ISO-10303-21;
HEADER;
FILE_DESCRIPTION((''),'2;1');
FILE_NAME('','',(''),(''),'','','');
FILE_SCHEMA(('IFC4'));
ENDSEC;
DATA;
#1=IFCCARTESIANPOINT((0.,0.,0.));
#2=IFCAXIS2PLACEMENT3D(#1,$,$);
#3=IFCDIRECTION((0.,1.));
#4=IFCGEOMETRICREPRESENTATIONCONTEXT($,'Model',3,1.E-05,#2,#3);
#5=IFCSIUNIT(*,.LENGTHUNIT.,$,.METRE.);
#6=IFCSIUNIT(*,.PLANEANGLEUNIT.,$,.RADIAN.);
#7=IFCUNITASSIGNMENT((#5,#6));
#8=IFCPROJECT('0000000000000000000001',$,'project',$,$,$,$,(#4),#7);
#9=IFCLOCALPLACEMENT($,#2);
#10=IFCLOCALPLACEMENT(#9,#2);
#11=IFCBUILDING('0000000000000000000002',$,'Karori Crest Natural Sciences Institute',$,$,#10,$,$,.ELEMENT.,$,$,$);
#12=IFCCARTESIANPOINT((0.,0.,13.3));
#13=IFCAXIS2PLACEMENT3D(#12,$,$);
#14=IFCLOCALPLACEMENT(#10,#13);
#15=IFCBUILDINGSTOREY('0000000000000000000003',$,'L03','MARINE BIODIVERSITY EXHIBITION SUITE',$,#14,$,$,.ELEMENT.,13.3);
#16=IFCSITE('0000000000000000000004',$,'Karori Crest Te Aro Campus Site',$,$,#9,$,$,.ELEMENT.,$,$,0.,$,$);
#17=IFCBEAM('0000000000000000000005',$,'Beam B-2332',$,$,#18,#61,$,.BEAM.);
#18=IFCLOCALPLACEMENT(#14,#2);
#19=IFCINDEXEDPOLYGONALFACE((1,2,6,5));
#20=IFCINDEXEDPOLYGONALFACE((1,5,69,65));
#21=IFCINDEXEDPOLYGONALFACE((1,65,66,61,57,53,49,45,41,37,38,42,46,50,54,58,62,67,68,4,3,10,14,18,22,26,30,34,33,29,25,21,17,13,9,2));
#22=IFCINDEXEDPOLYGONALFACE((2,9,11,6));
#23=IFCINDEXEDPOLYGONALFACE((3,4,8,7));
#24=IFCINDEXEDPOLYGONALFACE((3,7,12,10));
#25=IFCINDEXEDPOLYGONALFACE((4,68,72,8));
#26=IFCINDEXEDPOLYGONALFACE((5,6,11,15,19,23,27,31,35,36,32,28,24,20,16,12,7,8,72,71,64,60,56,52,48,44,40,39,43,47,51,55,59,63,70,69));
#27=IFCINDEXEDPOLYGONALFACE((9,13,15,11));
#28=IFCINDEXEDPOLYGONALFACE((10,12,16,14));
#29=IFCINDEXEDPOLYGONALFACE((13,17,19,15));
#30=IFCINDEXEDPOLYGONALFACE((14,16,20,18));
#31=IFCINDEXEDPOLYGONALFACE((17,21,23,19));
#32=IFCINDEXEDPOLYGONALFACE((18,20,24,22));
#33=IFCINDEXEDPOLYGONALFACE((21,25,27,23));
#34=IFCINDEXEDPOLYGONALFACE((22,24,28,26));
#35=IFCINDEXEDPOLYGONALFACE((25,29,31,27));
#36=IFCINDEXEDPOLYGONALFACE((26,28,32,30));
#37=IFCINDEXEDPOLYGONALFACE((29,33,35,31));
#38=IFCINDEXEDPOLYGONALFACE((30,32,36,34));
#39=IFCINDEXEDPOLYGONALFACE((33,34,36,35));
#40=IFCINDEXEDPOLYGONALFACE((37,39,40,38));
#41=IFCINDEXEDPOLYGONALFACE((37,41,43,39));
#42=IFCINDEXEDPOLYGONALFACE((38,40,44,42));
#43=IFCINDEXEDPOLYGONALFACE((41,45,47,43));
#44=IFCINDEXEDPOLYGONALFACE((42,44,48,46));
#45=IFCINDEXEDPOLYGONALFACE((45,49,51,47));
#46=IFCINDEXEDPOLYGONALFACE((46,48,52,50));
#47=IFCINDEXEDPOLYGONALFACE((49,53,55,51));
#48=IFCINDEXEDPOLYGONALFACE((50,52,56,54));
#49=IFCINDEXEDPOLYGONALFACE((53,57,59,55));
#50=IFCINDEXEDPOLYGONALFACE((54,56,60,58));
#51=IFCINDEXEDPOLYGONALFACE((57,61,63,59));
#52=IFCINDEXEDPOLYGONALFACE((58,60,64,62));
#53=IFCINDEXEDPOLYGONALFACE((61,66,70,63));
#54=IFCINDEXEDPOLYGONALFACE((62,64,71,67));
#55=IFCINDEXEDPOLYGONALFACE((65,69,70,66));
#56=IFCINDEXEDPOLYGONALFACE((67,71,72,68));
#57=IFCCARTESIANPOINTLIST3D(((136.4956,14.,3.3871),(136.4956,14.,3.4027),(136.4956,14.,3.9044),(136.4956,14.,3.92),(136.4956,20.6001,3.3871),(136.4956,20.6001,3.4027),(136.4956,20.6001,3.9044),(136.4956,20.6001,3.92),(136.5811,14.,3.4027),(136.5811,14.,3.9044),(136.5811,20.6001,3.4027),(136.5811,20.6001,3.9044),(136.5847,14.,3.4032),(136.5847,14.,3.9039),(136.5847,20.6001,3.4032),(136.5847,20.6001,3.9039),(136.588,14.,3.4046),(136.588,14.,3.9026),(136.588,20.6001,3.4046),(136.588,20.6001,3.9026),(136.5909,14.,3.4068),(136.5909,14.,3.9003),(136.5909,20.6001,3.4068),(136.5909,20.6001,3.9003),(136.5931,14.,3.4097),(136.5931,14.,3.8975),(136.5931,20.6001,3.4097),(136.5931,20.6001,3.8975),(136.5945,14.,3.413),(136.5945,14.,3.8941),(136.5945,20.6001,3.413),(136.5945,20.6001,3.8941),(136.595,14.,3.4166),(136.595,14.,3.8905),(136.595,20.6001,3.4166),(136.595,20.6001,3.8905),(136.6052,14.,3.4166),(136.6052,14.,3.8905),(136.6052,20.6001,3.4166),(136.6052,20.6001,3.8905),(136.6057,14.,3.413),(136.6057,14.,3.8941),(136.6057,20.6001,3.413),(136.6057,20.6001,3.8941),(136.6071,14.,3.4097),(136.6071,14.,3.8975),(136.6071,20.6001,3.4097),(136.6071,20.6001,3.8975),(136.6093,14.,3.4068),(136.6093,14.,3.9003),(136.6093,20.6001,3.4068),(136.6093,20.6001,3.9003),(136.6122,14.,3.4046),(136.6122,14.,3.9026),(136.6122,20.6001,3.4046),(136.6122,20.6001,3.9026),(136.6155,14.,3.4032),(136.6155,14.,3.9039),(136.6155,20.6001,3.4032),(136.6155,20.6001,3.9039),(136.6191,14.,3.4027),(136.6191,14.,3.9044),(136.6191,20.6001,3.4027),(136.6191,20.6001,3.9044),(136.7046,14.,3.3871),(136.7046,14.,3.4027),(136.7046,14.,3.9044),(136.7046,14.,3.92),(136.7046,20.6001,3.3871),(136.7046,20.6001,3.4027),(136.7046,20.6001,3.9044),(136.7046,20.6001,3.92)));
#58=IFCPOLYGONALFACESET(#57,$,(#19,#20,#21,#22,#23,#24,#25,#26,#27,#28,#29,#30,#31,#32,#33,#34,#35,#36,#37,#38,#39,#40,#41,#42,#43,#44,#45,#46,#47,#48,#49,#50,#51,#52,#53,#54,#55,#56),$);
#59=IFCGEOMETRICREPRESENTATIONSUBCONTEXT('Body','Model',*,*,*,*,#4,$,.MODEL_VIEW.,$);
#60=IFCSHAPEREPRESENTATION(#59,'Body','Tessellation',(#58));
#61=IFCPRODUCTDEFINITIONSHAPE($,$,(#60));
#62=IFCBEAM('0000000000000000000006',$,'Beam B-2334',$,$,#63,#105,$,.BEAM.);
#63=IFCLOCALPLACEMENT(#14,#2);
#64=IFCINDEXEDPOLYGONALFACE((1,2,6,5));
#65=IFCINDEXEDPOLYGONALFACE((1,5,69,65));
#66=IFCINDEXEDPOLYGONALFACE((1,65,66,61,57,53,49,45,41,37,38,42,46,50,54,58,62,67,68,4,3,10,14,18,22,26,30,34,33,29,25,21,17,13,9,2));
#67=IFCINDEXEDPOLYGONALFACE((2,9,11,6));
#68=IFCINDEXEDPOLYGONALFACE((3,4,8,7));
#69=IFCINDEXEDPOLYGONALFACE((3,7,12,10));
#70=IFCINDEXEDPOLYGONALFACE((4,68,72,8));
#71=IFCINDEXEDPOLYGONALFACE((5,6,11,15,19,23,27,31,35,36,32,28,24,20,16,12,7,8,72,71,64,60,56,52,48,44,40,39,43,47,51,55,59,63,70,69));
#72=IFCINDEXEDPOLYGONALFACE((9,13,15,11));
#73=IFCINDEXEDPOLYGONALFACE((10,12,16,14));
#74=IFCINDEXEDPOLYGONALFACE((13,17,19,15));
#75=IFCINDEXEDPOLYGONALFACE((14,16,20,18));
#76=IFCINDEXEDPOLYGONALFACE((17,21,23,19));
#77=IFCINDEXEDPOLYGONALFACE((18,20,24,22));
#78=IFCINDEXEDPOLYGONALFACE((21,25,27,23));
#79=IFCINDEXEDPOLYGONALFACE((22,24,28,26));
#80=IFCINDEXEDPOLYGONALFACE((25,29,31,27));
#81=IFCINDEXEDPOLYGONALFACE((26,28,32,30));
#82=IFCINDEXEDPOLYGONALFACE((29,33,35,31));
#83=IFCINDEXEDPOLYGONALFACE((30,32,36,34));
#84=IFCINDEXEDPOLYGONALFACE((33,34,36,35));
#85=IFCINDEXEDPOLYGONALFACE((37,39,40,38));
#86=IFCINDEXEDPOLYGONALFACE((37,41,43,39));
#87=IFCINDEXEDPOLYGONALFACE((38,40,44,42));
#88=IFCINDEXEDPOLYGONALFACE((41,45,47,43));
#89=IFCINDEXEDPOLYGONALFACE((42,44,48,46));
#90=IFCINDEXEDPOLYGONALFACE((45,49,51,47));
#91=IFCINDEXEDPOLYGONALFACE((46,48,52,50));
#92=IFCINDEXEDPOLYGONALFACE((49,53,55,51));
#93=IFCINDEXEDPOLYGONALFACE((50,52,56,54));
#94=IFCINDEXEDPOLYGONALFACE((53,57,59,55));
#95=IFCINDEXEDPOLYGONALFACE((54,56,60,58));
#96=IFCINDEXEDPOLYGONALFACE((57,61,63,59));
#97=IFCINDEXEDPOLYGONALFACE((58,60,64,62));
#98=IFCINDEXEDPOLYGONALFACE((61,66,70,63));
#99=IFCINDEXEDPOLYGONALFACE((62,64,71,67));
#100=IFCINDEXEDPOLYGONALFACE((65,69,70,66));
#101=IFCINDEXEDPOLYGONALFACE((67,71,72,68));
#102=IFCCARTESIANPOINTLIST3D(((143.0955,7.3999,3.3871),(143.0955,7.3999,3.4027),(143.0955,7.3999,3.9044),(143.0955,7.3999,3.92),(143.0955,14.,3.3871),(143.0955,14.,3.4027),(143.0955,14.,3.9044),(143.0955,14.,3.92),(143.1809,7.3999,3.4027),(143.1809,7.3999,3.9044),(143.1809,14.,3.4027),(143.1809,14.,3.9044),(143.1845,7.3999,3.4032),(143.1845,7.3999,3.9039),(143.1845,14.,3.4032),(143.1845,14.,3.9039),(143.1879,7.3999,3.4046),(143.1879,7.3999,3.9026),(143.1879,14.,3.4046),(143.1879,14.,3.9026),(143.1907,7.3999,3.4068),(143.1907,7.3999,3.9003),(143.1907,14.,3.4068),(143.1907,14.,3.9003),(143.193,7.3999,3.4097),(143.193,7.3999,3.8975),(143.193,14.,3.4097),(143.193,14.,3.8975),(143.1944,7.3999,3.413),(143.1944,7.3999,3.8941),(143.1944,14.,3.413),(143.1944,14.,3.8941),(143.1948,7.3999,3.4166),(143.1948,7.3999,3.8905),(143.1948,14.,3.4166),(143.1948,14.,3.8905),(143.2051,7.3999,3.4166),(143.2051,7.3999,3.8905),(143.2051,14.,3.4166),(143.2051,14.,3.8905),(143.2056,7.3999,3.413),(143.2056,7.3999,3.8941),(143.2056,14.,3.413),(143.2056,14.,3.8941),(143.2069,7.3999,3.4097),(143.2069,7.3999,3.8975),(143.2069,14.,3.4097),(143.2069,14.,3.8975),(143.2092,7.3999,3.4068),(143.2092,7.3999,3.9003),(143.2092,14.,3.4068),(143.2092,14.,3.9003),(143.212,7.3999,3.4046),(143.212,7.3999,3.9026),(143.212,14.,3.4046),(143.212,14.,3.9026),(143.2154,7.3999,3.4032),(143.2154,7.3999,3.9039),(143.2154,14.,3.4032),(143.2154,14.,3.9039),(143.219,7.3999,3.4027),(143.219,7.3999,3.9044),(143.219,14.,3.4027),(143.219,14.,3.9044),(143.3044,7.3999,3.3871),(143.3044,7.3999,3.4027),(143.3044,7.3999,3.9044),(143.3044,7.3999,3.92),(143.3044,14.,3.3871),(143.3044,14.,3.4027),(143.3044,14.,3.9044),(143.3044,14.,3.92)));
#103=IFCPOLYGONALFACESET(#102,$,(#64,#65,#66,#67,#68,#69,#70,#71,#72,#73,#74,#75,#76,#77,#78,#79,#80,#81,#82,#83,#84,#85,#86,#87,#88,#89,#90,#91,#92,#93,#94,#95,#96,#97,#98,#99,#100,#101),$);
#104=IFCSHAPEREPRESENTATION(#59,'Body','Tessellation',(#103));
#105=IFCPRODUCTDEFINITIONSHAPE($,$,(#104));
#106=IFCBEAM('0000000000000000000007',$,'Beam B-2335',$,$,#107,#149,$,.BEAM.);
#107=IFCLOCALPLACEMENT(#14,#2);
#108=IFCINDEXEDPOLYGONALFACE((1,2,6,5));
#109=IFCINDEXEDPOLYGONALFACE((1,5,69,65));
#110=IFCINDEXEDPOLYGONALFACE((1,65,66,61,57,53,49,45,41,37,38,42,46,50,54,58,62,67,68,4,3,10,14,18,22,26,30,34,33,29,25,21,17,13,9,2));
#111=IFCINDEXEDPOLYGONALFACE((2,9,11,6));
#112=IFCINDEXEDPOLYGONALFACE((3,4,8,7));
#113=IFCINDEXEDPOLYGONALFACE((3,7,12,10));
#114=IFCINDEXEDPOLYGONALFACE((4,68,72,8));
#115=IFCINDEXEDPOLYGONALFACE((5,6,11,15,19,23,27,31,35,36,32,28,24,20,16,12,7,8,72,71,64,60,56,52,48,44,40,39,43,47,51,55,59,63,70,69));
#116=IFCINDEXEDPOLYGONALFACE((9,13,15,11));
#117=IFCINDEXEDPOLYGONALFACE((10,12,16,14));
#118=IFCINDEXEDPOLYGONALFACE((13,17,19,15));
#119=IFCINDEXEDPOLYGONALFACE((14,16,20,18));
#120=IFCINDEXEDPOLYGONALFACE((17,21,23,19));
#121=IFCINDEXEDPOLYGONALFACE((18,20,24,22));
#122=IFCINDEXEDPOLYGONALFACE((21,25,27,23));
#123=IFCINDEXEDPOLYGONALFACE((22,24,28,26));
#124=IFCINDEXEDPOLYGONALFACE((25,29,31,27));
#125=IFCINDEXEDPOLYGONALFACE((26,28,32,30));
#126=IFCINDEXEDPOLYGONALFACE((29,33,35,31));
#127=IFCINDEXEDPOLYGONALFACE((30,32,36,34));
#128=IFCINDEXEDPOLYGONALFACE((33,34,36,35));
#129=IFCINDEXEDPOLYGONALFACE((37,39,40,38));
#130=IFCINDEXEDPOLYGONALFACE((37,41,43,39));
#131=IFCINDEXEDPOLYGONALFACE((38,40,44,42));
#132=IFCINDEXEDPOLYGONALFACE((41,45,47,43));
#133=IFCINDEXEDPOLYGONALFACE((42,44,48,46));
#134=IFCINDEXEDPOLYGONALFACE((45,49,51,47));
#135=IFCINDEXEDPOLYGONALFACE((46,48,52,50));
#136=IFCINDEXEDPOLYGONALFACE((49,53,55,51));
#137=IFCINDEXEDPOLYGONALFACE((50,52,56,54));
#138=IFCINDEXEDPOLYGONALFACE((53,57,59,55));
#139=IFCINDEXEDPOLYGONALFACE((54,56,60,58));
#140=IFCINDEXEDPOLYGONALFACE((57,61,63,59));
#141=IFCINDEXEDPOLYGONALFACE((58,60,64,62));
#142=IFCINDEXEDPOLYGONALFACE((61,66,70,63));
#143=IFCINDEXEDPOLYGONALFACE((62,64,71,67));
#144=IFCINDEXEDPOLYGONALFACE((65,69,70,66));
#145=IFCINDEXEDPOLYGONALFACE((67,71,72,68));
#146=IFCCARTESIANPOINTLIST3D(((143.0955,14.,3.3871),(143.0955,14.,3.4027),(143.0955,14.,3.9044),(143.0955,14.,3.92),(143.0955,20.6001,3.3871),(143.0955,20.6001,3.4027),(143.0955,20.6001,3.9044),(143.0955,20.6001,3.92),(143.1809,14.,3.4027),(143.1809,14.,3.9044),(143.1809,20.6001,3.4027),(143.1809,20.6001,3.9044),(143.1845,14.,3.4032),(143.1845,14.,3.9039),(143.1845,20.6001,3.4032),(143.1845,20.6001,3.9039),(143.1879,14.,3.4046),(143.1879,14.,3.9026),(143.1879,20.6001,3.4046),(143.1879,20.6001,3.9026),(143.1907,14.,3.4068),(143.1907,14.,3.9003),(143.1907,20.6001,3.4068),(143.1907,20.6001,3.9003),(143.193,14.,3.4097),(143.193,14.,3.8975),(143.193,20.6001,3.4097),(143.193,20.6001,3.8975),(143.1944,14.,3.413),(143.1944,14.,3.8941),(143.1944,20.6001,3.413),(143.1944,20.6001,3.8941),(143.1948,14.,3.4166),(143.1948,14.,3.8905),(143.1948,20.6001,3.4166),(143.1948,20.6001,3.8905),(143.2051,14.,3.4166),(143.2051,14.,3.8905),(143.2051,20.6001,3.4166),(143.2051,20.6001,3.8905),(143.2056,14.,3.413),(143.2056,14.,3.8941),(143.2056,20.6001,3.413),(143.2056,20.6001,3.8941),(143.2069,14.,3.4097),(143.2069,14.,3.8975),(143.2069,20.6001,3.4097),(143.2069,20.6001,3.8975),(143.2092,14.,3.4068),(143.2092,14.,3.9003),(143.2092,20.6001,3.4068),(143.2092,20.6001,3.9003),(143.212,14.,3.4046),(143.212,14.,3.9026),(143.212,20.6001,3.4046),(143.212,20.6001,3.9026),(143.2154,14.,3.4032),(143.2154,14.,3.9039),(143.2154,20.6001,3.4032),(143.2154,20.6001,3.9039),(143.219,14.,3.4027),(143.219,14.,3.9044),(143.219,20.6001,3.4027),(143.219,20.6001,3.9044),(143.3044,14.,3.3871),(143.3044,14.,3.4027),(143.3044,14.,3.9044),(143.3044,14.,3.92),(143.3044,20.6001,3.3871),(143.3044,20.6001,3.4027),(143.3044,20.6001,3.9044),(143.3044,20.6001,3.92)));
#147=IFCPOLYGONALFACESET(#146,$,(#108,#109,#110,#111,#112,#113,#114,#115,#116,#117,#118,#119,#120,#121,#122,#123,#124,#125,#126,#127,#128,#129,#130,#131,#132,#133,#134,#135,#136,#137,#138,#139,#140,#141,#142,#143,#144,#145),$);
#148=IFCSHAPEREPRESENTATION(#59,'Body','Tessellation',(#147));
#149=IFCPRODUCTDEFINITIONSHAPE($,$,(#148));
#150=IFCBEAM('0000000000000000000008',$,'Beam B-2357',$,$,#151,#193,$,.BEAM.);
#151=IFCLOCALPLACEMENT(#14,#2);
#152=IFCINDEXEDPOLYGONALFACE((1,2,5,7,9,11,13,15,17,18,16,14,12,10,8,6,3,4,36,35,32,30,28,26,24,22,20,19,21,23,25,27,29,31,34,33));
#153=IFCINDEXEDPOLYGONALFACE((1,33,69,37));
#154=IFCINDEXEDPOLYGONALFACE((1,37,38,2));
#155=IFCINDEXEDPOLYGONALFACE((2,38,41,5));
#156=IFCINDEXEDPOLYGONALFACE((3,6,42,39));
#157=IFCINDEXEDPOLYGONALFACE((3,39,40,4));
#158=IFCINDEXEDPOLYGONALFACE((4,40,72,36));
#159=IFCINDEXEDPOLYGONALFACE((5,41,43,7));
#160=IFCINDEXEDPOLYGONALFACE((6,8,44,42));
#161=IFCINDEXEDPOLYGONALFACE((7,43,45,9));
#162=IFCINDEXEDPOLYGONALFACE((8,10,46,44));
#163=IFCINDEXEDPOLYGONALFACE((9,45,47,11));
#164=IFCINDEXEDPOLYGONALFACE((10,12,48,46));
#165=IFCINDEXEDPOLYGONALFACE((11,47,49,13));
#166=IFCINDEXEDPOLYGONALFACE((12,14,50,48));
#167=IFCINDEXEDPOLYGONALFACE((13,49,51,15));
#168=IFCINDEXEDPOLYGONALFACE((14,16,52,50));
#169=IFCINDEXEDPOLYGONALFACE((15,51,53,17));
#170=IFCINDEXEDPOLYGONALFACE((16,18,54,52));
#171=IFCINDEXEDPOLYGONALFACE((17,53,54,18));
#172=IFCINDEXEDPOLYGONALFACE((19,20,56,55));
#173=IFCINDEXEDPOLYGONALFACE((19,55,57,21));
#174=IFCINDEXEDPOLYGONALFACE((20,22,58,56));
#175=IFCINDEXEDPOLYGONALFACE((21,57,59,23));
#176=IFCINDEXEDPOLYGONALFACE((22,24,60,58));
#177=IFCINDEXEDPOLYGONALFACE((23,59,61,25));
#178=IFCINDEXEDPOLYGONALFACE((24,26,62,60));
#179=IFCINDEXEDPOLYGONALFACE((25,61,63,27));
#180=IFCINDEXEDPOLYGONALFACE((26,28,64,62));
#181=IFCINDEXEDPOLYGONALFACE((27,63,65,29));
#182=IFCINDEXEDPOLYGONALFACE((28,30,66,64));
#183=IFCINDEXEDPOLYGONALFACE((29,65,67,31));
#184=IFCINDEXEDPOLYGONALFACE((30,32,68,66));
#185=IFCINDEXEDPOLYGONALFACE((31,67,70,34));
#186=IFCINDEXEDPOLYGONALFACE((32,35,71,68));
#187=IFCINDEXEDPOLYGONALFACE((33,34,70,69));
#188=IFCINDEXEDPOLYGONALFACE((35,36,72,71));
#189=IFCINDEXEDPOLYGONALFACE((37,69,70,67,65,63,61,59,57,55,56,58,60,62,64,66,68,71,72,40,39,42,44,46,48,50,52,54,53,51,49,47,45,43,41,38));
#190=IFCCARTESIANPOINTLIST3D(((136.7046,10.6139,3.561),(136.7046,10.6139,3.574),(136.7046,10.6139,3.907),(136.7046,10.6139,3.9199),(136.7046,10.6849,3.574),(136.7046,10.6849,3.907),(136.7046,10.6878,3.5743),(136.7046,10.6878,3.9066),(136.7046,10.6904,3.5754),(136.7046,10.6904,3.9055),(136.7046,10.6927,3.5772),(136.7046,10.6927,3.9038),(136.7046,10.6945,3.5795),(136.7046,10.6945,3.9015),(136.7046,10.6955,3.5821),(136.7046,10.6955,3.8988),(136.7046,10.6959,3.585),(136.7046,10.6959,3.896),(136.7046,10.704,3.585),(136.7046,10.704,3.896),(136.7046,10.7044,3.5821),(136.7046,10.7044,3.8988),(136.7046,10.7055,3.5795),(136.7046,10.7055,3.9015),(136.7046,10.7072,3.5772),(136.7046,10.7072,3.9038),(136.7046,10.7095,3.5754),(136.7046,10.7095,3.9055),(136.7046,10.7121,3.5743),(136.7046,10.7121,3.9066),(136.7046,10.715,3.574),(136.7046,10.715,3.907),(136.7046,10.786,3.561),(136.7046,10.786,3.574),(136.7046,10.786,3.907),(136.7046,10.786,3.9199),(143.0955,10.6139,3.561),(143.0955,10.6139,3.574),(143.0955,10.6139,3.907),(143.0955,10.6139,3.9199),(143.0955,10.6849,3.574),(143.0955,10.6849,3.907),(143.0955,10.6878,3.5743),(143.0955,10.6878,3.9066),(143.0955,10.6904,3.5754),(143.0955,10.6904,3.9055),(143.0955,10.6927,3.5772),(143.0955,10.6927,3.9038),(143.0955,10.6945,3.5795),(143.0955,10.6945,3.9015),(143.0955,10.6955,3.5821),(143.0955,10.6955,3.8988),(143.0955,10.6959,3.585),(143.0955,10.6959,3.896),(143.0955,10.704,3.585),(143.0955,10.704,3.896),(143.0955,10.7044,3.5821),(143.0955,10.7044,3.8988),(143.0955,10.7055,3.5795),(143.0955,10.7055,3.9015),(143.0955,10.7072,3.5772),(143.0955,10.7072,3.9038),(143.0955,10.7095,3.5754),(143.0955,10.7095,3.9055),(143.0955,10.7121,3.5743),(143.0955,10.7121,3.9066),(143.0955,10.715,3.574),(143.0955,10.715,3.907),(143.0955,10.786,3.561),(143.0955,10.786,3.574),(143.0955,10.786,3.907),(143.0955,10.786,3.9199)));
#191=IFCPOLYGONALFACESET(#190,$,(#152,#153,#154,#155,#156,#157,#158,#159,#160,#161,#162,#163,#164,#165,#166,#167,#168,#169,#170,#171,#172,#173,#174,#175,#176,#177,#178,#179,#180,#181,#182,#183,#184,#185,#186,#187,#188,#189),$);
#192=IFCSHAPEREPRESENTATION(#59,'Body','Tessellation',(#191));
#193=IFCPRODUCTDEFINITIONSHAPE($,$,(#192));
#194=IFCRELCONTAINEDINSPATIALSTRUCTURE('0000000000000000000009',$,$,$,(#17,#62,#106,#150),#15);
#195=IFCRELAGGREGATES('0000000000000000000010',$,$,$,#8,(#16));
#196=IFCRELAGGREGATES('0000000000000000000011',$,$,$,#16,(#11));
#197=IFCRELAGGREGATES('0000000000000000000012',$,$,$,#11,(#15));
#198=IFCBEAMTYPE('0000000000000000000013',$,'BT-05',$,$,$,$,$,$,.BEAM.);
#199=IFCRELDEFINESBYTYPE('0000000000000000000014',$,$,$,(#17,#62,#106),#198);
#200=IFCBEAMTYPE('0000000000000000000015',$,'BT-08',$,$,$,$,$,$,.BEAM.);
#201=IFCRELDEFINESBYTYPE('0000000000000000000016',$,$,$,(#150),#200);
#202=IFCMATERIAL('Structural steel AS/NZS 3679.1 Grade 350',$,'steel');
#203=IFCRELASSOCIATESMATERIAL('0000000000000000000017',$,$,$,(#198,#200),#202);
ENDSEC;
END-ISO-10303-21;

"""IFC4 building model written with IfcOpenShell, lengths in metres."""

from ifc_helpers import new_model, si_unit, direction, frame, origin, origin_2d, place, context, subcontext, project, spatial, i_section, extrude, material, material_profile, profile_set, type_object, element, save


model = new_model("IFC4")

# Units and contexts
model_context = context("Model", 3, precision=1e-05, world=origin(), true_north=direction((0.0, 1.0)))
body_context = subcontext(model_context, "Body", "Model", "MODEL_VIEW")
ifc_project = project(units=[si_unit("LENGTHUNIT", "METRE"), si_unit("PLANEANGLEUNIT", "RADIAN")], contexts=[model_context])

# Site, building, storey
site_placement = place(None, origin())
site = spatial("IfcSite", under=ifc_project, at=site_placement, Name="Karori Crest Te Aro Campus Site", CompositionType="ELEMENT", RefElevation=0.0)
building_placement = place(site_placement, origin())
building = spatial("IfcBuilding", under=site, at=building_placement, Name="Karori Crest Natural Sciences Institute", CompositionType="ELEMENT")
storey_placement = place(building_placement, frame((0.0, 0.0, 13.3)))
storey = spatial("IfcBuildingStorey", under=building, at=storey_placement, Name="L03", Description="MARINE BIODIVERSITY EXHIBITION SUITE", CompositionType="ELEMENT", Elevation=13.3)

# Shared definitions
ifc_material_1 = material(Name="Structural steel AS/NZS 3679.1 Grade 350", Category="steel")

# Beams
ifc_material_profile_1 = material_profile(ifc_material_1, i_section(OverallWidth=0.209, OverallDepth=0.533, WebThickness=0.0103, FlangeThickness=0.0156, FilletRadius=0.0139, at=origin_2d()), Name="530UB92.4")
ifc_profile_set_1 = profile_set([ifc_material_profile_1], Name="Structural steel AS/NZS 3679.1 Grade 350")
beam_type_1 = type_object("IfcBeamType", Name="BT-05", PredefinedType="BEAM", material=ifc_profile_set_1)
for number, where, z_axis, x_axis, name in (
    (1, (136.6001, 14.0, 3.6536), (0.0, 1.0, 0.0), (-1.0, 0.0, 0.0), "Beam B-2332"),
    (2, (143.2, 7.3999, 3.6536), (0.0, 1.0, 0.0), (-1.0, 0.0, 0.0), "Beam B-2334"),
    (3, (143.2, 14.0, 3.6536), (0.0, 1.0, 0.0), (-1.0, 0.0, 0.0), "Beam B-2335"),
):
    element("IfcBeam", number, at=place(storey_placement, frame(where, z_axis=z_axis, x_axis=x_axis)), inside=storey, type_object=beam_type_1, Name=name, PredefinedType="BEAM", context=body_context, shape_type="SweptSolid", body=[
        extrude(i_section(OverallWidth=0.209, OverallDepth=0.533, WebThickness=0.0103, FlangeThickness=0.0156, FilletRadius=0.0139, at=origin_2d()), origin(), (0.0, 0.0, 1.0), 6.6001),
    ])
ifc_material_profile_2 = material_profile(ifc_material_1, i_section(OverallWidth=0.1721, OverallDepth=0.3589, WebThickness=0.0081, FlangeThickness=0.0129, FilletRadius=0.011, at=origin_2d()), Name="360UB56.7")
ifc_profile_set_2 = profile_set([ifc_material_profile_2], Name="Structural steel AS/NZS 3679.1 Grade 350")
beam_type_2 = type_object("IfcBeamType", Name="BT-08", PredefinedType="BEAM", material=ifc_profile_set_2)
beam_1_placement = place(storey_placement, frame((136.7046, 10.7, 3.7405), z_axis=(1.0, 0.0, 0.0), x_axis=(0.0, 1.0, 0.0)))
element("IfcBeam", 4, at=beam_1_placement, inside=storey, type_object=beam_type_2, Name="Beam B-2357", PredefinedType="BEAM", context=body_context, shape_type="SweptSolid", body=[
    extrude(i_section(OverallWidth=0.1721, OverallDepth=0.3589, WebThickness=0.0081, FlangeThickness=0.0129, FilletRadius=0.011, at=origin_2d()), origin(), (0.0, 0.0, 1.0), 6.3909),
])

save(model, "model.ifc")
